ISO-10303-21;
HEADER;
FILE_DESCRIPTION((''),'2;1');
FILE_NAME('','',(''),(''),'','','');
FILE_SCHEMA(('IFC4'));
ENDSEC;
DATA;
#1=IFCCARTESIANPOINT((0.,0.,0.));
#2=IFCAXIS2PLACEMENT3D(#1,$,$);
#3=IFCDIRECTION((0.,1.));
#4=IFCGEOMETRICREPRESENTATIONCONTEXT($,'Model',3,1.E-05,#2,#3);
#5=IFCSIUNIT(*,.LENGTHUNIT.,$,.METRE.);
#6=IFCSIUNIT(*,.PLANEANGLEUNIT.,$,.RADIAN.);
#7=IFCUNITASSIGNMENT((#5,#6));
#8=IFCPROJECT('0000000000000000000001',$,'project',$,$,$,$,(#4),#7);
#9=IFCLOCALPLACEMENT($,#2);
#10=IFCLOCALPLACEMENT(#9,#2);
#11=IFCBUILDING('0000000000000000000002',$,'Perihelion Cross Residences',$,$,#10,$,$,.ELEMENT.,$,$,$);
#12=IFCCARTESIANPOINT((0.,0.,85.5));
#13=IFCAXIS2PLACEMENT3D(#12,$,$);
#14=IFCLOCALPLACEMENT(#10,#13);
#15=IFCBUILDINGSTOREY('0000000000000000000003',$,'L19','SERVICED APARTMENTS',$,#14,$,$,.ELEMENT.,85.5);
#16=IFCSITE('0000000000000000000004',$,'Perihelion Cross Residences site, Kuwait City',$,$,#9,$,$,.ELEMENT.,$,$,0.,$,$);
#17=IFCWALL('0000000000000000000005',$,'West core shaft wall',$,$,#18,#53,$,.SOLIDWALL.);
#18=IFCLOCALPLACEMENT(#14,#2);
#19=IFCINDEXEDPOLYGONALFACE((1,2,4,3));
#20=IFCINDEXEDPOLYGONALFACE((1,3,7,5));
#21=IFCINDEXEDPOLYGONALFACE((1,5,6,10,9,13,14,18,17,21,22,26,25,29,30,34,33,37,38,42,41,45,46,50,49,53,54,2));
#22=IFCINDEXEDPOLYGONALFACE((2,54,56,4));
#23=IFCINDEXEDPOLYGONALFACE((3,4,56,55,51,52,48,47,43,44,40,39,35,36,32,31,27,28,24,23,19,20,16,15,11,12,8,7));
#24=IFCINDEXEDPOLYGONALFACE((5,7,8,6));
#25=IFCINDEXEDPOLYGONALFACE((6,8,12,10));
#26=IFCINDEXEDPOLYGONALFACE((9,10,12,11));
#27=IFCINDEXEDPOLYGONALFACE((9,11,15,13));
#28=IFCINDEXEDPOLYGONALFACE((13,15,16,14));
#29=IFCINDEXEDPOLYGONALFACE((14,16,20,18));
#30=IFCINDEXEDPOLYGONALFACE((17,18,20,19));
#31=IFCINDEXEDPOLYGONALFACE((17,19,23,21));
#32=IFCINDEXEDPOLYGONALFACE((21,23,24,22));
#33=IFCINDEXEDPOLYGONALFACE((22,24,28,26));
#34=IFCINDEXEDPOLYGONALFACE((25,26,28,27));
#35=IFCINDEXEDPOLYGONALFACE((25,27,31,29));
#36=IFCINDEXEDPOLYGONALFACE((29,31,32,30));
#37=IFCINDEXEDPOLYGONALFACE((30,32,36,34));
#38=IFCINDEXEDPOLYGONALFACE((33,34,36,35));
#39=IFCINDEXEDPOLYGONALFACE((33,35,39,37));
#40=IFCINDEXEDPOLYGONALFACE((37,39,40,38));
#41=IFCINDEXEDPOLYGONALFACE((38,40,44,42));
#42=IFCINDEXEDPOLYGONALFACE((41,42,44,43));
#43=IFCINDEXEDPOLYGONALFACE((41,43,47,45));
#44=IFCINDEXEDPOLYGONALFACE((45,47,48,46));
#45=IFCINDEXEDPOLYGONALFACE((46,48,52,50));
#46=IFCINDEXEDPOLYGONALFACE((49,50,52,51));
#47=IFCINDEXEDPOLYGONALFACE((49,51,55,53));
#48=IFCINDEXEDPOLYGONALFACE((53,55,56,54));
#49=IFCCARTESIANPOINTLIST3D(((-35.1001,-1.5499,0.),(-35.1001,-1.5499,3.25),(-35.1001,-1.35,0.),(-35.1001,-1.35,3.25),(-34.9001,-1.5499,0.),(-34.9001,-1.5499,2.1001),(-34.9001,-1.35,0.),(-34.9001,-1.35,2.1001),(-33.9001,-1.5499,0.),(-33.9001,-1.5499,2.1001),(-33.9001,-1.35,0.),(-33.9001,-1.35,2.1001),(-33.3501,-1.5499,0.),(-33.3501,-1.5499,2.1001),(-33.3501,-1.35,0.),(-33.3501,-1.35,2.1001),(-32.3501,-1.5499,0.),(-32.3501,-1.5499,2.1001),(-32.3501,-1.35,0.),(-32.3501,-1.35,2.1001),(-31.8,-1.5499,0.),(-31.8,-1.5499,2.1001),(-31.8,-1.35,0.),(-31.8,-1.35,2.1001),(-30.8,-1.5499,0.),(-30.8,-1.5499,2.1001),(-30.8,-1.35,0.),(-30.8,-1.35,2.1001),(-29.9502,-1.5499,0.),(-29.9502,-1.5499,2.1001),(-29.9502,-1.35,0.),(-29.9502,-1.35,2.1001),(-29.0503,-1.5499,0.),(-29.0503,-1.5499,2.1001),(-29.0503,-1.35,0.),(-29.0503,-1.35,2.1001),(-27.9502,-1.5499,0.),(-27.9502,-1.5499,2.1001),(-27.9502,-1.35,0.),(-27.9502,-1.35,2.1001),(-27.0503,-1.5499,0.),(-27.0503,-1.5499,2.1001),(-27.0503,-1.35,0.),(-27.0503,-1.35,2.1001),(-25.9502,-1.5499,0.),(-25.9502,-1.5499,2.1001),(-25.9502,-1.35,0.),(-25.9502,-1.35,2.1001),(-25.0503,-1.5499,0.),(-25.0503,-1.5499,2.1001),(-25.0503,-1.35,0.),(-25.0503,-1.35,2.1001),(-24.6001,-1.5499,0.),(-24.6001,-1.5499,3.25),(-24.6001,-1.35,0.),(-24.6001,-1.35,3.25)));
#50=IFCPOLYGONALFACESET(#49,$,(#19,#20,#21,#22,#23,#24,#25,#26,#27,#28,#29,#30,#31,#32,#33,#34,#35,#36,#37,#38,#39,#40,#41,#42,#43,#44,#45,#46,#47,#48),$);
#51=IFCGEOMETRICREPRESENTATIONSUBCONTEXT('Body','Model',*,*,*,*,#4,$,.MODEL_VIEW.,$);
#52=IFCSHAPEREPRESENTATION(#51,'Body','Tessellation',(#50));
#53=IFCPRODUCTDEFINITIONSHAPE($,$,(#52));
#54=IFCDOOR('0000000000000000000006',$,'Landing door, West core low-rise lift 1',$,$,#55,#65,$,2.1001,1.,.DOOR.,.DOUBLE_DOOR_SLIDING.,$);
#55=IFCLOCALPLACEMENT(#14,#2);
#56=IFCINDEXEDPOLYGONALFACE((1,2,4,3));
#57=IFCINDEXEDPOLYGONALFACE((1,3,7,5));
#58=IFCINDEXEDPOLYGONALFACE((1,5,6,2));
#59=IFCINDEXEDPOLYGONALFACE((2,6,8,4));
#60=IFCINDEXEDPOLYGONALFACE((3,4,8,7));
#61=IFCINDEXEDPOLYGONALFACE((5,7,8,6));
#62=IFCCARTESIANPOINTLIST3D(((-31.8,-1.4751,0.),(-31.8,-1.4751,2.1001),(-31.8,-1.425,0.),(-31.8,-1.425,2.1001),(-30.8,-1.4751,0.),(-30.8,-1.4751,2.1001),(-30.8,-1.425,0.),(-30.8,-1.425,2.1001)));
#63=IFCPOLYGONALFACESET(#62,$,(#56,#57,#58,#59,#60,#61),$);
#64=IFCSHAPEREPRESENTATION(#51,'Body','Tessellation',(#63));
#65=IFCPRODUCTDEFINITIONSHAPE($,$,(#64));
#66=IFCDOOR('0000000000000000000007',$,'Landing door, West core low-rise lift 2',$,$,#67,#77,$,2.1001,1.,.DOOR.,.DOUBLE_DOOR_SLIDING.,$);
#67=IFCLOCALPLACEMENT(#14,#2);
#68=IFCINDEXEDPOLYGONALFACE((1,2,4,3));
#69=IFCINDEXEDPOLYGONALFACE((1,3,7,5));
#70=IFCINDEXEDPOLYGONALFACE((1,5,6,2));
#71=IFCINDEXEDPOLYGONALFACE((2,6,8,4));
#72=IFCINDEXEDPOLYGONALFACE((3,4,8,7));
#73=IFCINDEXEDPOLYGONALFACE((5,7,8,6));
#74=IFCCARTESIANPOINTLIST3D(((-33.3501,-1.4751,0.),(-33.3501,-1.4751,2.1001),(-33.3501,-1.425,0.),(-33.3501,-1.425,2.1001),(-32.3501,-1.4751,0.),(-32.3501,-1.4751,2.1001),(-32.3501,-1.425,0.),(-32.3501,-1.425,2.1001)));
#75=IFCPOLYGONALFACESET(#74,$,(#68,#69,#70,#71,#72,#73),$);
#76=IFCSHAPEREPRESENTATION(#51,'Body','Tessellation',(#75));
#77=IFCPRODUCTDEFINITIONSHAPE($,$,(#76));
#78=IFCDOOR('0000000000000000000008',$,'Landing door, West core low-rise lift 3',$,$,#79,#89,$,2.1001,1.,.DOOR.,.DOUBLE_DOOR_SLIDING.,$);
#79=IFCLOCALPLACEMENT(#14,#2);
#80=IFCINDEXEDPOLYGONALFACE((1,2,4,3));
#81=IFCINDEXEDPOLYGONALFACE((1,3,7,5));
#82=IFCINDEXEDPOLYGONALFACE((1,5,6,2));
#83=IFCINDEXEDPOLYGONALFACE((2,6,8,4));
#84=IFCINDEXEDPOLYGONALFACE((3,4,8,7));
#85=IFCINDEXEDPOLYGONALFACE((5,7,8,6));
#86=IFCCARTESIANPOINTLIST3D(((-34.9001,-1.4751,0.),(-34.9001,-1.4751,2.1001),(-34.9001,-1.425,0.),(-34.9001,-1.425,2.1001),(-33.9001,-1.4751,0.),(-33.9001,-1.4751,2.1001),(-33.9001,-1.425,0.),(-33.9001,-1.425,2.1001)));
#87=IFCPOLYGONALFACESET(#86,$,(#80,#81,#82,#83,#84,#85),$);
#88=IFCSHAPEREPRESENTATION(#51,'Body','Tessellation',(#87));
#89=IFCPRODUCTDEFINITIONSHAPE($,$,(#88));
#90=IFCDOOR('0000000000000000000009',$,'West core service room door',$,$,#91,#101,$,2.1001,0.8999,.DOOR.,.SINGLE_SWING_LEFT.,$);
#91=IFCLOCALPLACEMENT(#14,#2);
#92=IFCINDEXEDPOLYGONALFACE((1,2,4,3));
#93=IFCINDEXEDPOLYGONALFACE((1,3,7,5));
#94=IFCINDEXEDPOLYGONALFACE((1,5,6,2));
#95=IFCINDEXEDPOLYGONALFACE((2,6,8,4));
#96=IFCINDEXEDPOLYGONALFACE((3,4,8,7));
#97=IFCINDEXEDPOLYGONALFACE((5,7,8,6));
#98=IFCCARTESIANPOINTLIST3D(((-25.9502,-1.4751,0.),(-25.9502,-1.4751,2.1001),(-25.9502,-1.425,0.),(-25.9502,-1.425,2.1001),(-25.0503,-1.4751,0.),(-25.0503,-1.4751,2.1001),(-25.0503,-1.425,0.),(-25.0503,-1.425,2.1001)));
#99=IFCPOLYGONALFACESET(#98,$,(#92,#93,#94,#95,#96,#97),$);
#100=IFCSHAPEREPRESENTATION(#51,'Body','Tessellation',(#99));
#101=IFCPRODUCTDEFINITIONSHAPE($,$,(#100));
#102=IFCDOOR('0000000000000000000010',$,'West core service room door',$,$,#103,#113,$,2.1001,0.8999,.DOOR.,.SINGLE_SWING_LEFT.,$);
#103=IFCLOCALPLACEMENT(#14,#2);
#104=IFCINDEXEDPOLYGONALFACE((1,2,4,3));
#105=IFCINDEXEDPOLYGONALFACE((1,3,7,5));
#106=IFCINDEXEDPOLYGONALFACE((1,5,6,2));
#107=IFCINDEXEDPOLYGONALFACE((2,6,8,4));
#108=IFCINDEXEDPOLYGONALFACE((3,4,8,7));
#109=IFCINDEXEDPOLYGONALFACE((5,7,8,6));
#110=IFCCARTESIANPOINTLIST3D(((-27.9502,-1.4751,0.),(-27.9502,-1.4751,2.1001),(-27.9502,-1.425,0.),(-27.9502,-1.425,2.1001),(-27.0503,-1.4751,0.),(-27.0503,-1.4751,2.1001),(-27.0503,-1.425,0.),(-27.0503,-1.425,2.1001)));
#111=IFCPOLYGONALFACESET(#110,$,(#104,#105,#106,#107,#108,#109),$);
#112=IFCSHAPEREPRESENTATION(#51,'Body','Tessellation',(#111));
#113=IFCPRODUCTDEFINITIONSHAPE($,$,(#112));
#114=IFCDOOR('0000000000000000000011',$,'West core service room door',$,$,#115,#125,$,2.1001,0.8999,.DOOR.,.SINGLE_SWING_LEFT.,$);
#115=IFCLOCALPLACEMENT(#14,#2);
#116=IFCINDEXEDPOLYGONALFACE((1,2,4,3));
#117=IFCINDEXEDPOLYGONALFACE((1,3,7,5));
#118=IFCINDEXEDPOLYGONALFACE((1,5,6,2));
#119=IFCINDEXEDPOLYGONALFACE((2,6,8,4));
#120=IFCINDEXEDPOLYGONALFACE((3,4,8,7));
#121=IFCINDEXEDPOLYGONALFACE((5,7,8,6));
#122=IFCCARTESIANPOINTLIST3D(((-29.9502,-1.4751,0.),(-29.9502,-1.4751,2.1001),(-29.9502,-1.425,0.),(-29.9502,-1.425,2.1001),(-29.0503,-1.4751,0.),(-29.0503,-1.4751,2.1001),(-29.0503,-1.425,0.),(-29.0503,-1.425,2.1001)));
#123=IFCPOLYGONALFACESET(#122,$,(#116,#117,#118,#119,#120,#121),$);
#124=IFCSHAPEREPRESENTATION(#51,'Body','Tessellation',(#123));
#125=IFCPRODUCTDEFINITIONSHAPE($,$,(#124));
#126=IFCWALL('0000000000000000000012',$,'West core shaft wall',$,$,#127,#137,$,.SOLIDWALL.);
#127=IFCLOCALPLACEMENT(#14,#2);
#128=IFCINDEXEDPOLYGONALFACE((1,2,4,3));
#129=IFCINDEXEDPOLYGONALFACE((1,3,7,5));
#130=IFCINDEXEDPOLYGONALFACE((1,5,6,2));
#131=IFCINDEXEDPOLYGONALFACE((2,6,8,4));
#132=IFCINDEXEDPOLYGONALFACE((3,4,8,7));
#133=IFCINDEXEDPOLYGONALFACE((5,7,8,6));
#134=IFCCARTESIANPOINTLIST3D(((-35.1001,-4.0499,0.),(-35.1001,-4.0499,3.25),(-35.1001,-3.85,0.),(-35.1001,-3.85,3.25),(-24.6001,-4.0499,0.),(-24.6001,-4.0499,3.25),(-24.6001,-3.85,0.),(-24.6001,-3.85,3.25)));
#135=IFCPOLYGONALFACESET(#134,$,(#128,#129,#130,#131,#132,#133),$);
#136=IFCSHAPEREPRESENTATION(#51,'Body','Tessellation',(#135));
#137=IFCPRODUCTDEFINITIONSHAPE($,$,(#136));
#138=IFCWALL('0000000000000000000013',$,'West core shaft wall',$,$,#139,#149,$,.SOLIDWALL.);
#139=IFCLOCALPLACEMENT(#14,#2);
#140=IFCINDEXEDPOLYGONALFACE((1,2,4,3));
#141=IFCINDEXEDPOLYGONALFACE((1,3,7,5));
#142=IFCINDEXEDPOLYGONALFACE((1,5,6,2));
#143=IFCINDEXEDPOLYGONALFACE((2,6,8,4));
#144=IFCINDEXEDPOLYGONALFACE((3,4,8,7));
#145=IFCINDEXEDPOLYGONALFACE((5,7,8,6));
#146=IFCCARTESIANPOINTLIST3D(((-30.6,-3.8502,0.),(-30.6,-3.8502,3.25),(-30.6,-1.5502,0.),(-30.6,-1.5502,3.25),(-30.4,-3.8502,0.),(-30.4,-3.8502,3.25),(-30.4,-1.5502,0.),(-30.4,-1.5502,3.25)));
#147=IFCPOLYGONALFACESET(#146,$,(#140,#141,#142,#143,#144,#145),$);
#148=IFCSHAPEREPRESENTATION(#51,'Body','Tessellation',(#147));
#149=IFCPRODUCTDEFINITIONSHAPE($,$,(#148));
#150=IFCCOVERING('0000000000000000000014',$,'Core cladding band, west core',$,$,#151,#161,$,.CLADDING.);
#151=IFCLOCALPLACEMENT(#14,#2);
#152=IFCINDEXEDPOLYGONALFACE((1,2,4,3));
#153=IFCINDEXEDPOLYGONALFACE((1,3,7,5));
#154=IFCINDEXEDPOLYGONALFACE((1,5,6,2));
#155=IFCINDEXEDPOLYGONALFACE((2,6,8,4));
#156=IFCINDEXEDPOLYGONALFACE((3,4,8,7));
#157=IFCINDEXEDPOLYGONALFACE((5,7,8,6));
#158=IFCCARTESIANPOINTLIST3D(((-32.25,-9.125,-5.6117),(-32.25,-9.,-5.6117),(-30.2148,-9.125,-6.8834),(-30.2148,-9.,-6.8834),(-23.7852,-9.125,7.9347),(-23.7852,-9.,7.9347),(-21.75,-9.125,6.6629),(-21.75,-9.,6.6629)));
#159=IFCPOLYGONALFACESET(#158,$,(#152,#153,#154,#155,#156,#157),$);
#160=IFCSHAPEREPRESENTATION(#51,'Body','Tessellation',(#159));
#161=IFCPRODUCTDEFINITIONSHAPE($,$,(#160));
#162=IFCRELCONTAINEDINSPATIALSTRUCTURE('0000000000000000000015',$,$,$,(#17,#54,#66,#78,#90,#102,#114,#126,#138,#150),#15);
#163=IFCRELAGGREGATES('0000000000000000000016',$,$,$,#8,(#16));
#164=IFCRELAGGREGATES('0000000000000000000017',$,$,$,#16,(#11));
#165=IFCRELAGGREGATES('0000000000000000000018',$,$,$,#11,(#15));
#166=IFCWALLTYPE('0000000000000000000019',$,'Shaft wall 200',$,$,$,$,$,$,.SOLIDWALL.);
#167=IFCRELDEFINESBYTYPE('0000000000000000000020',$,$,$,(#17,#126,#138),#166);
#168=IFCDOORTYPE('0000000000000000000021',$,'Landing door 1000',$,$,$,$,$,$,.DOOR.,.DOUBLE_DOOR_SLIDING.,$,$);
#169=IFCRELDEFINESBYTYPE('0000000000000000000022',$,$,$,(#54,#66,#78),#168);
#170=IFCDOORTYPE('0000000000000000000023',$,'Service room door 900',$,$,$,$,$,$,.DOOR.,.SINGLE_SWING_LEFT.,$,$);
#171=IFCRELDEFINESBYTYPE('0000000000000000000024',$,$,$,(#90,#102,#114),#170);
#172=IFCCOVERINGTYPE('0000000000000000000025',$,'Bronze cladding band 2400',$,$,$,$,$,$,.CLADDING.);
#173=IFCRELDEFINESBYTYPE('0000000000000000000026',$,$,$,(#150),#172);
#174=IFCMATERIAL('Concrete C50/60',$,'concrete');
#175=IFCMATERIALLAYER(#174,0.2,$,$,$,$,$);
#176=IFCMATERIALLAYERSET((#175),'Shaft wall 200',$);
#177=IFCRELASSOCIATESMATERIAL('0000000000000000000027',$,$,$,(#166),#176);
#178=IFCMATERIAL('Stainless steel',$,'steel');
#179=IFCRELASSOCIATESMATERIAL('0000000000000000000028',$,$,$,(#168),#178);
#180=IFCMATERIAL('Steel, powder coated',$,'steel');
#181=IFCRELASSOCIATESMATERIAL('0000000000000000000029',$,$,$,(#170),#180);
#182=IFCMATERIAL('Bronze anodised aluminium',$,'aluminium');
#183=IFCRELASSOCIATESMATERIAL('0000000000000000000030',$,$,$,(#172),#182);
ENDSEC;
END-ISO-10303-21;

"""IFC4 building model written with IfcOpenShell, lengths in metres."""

from ifc_helpers import new_model, si_unit, direction, frame, frame_2d, origin, origin_2d, place, context, subcontext, project, spatial, rectangle, extrude, material, layer, layer_set, material_profile, profile_set, type_object, element, fill, save


model = new_model("IFC4")

# Units and contexts
model_context = context("Model", 3, precision=1e-05, world=origin(), true_north=direction((0.0, 1.0)))
body_context = subcontext(model_context, "Body", "Model", "MODEL_VIEW")
ifc_project = project(units=[si_unit("LENGTHUNIT", "METRE"), si_unit("PLANEANGLEUNIT", "RADIAN")], contexts=[model_context])

# Site, building, storey
site_placement = place(None, origin())
site = spatial("IfcSite", under=ifc_project, at=site_placement, Name="Perihelion Cross Residences site, Kuwait City", CompositionType="ELEMENT", RefElevation=0.0)
building_placement = place(site_placement, origin())
building = spatial("IfcBuilding", under=site, at=building_placement, Name="Perihelion Cross Residences", CompositionType="ELEMENT")
storey_placement = place(building_placement, frame((0.0, 0.0, 85.5)))
storey = spatial("IfcBuildingStorey", under=building, at=storey_placement, Name="L19", Description="SERVICED APARTMENTS", CompositionType="ELEMENT", Elevation=85.5)

# Wall, openings, doors
ifc_material_1 = material(Name="Concrete C50/60", Category="concrete")
ifc_layer_1 = layer(ifc_material_1, 0.2)
ifc_layer_set_1 = layer_set([ifc_layer_1], Name="Shaft wall 200")
wall_type_1 = type_object("IfcWallType", Name="Shaft wall 200", PredefinedType="SOLIDWALL", material=ifc_layer_set_1)
wall_1_placement = place(storey_placement, frame((-35.1001, -1.45, 0.0), z_axis=(0.0, 0.0, 1.0), x_axis=(1.0, 0.0, 0.0)))
wall_1 = element("IfcWall", 1, at=wall_1_placement, inside=storey, type_object=wall_type_1, Name="West core shaft wall", PredefinedType="SOLIDWALL", context=body_context, shape_type="SweptSolid", body=[
    extrude(rectangle(XDim=10.5, YDim=0.2, at=frame_2d((5.25, 0.0))), origin(), (0.0, 0.0, 1.0), 3.25),
])
opening_1_placement = place(wall_1_placement, frame((3.3, 0.0, 0.0)))
opening_1 = element("IfcOpeningElement", 2, at=opening_1_placement, cuts=wall_1, PredefinedType="OPENING", context=body_context, shape_type="SweptSolid", body=[
    extrude(rectangle(XDim=1.0, YDim=2.1001, at=frame_2d((0.5, 1.05))), frame((0.0, 0.1099, 0.0), z_axis=(0.0, -1.0, 0.0), x_axis=(1.0, 0.0, 0.0)), (0.0, 0.0, 1.0), 0.22),
])
opening_2_placement = place(wall_1_placement, frame((1.75, 0.0, 0.0)))
opening_2 = element("IfcOpeningElement", 3, at=opening_2_placement, cuts=wall_1, PredefinedType="OPENING", context=body_context, shape_type="SweptSolid", body=[
    extrude(rectangle(XDim=1.0, YDim=2.1001, at=frame_2d((0.5, 1.05))), frame((0.0, 0.1099, 0.0), z_axis=(0.0, -1.0, 0.0), x_axis=(1.0, 0.0, 0.0)), (0.0, 0.0, 1.0), 0.22),
])
opening_3_placement = place(wall_1_placement, frame((0.2, 0.0, 0.0)))
opening_3 = element("IfcOpeningElement", 4, at=opening_3_placement, cuts=wall_1, PredefinedType="OPENING", context=body_context, shape_type="SweptSolid", body=[
    extrude(rectangle(XDim=1.0, YDim=2.1001, at=frame_2d((0.5, 1.05))), frame((0.0, 0.1099, 0.0), z_axis=(0.0, -1.0, 0.0), x_axis=(1.0, 0.0, 0.0)), (0.0, 0.0, 1.0), 0.22),
])
opening_4_placement = place(wall_1_placement, frame((9.1499, 0.0, 0.0)))
opening_4 = element("IfcOpeningElement", 5, at=opening_4_placement, cuts=wall_1, PredefinedType="OPENING", context=body_context, shape_type="SweptSolid", body=[
    extrude(rectangle(XDim=0.8999, YDim=2.1001, at=frame_2d((0.45, 1.05))), frame((0.0, 0.1099, 0.0), z_axis=(0.0, -1.0, 0.0), x_axis=(1.0, 0.0, 0.0)), (0.0, 0.0, 1.0), 0.22),
])
opening_5_placement = place(wall_1_placement, frame((7.1499, 0.0, 0.0)))
opening_5 = element("IfcOpeningElement", 6, at=opening_5_placement, cuts=wall_1, PredefinedType="OPENING", context=body_context, shape_type="SweptSolid", body=[
    extrude(rectangle(XDim=0.8999, YDim=2.1001, at=frame_2d((0.45, 1.05))), frame((0.0, 0.1099, 0.0), z_axis=(0.0, -1.0, 0.0), x_axis=(1.0, 0.0, 0.0)), (0.0, 0.0, 1.0), 0.22),
])
opening_6_placement = place(wall_1_placement, frame((5.1499, 0.0, 0.0)))
opening_6 = element("IfcOpeningElement", 7, at=opening_6_placement, cuts=wall_1, PredefinedType="OPENING", context=body_context, shape_type="SweptSolid", body=[
    extrude(rectangle(XDim=0.8999, YDim=2.1001, at=frame_2d((0.45, 1.05))), frame((0.0, 0.1099, 0.0), z_axis=(0.0, -1.0, 0.0), x_axis=(1.0, 0.0, 0.0)), (0.0, 0.0, 1.0), 0.22),
])
ifc_material_2 = material(Name="Stainless steel", Category="steel")
door_type_1 = type_object("IfcDoorType", Name="Landing door 1000", OperationType="DOUBLE_DOOR_SLIDING", PredefinedType="DOOR", material=ifc_material_2)
door_1_placement = place(opening_1_placement, origin())
door_1 = element("IfcDoor", 8, at=door_1_placement, inside=storey, type_object=door_type_1, Name="Landing door, West core low-rise lift 1", OperationType="DOUBLE_DOOR_SLIDING", OverallHeight=2.1001, OverallWidth=1.0, PredefinedType="DOOR", context=body_context, shape_type="SweptSolid", body=[
    extrude(rectangle(XDim=1.0, YDim=2.1001, at=frame_2d((0.5, 1.05))), frame((0.0, 0.0249, 0.0), z_axis=(0.0, -1.0, 0.0), x_axis=(1.0, 0.0, 0.0)), (0.0, 0.0, 1.0), 0.05),
])
fill(opening_1, door_1)
door_2_placement = place(opening_2_placement, origin())
door_2 = element("IfcDoor", 9, at=door_2_placement, inside=storey, type_object=door_type_1, Name="Landing door, West core low-rise lift 2", OperationType="DOUBLE_DOOR_SLIDING", OverallHeight=2.1001, OverallWidth=1.0, PredefinedType="DOOR", context=body_context, shape_type="SweptSolid", body=[
    extrude(rectangle(XDim=1.0, YDim=2.1001, at=frame_2d((0.5, 1.05))), frame((0.0, 0.0249, 0.0), z_axis=(0.0, -1.0, 0.0), x_axis=(1.0, 0.0, 0.0)), (0.0, 0.0, 1.0), 0.05),
])
fill(opening_2, door_2)
door_3_placement = place(opening_3_placement, origin())
door_3 = element("IfcDoor", 10, at=door_3_placement, inside=storey, type_object=door_type_1, Name="Landing door, West core low-rise lift 3", OperationType="DOUBLE_DOOR_SLIDING", OverallHeight=2.1001, OverallWidth=1.0, PredefinedType="DOOR", context=body_context, shape_type="SweptSolid", body=[
    extrude(rectangle(XDim=1.0, YDim=2.1001, at=frame_2d((0.5, 1.05))), frame((0.0, 0.0249, 0.0), z_axis=(0.0, -1.0, 0.0), x_axis=(1.0, 0.0, 0.0)), (0.0, 0.0, 1.0), 0.05),
])
fill(opening_3, door_3)
ifc_material_3 = material(Name="Steel, powder coated", Category="steel")
door_type_2 = type_object("IfcDoorType", Name="Service room door 900", OperationType="SINGLE_SWING_LEFT", PredefinedType="DOOR", material=ifc_material_3)
door_4_placement = place(opening_4_placement, origin())
door_4 = element("IfcDoor", 11, at=door_4_placement, inside=storey, type_object=door_type_2, Name="West core service room door", OperationType="SINGLE_SWING_LEFT", OverallHeight=2.1001, OverallWidth=0.8999, PredefinedType="DOOR", context=body_context, shape_type="SweptSolid", body=[
    extrude(rectangle(XDim=0.8999, YDim=2.1001, at=frame_2d((0.45, 1.05))), frame((0.0, 0.0249, 0.0), z_axis=(0.0, -1.0, 0.0), x_axis=(1.0, 0.0, 0.0)), (0.0, 0.0, 1.0), 0.05),
])
fill(opening_4, door_4)
door_5_placement = place(opening_5_placement, origin())
door_5 = element("IfcDoor", 12, at=door_5_placement, inside=storey, type_object=door_type_2, Name="West core service room door", OperationType="SINGLE_SWING_LEFT", OverallHeight=2.1001, OverallWidth=0.8999, PredefinedType="DOOR", context=body_context, shape_type="SweptSolid", body=[
    extrude(rectangle(XDim=0.8999, YDim=2.1001, at=frame_2d((0.45, 1.05))), frame((0.0, 0.0249, 0.0), z_axis=(0.0, -1.0, 0.0), x_axis=(1.0, 0.0, 0.0)), (0.0, 0.0, 1.0), 0.05),
])
fill(opening_5, door_5)
door_6_placement = place(opening_6_placement, origin())
door_6 = element("IfcDoor", 13, at=door_6_placement, inside=storey, type_object=door_type_2, Name="West core service room door", OperationType="SINGLE_SWING_LEFT", OverallHeight=2.1001, OverallWidth=0.8999, PredefinedType="DOOR", context=body_context, shape_type="SweptSolid", body=[
    extrude(rectangle(XDim=0.8999, YDim=2.1001, at=frame_2d((0.45, 1.05))), frame((0.0, 0.0249, 0.0), z_axis=(0.0, -1.0, 0.0), x_axis=(1.0, 0.0, 0.0)), (0.0, 0.0, 1.0), 0.05),
])
fill(opening_6, door_6)

# Walls
wall_2_placement = place(storey_placement, frame((-35.1001, -3.95, 0.0), z_axis=(0.0, 0.0, 1.0), x_axis=(1.0, 0.0, 0.0)))
element("IfcWall", 14, at=wall_2_placement, inside=storey, type_object=wall_type_1, Name="West core shaft wall", PredefinedType="SOLIDWALL", context=body_context, shape_type="SweptSolid", body=[
    extrude(rectangle(XDim=10.5, YDim=0.2, at=frame_2d((5.25, 0.0))), origin(), (0.0, 0.0, 1.0), 3.25),
])
wall_3_placement = place(storey_placement, frame((-30.5, -3.8501, 0.0), z_axis=(0.0, 0.0, 1.0), x_axis=(0.0, 1.0, 0.0)))
element("IfcWall", 15, at=wall_3_placement, inside=storey, type_object=wall_type_1, Name="West core shaft wall", PredefinedType="SOLIDWALL", context=body_context, shape_type="SweptSolid", body=[
    extrude(rectangle(XDim=2.3, YDim=0.2, at=frame_2d((1.1499, 0.0))), origin(), (0.0, 0.0, 1.0), 3.25),
])

# Covering
ifc_material_4 = material(Name="Bronze anodised aluminium", Category="aluminium")
ifc_material_profile = material_profile(ifc_material_4, rectangle(XDim=0.125, YDim=2.3999, at=origin_2d()), Name="Bronze cladding band 2400")
ifc_profile_set = profile_set([ifc_material_profile], Name="Bronze anodised aluminium")
covering_type = type_object("IfcCoveringType", Name="Bronze cladding band 2400", PredefinedType="CLADDING", material=ifc_profile_set)
for number, where, z_axis, x_axis, name in (
    (16, (-31.2324, -9.0625, -6.2476), (0.529925, 0.0, 0.848045), (0.0, 1.0, 0.0), "Core cladding band, west core"),
):
    element("IfcCovering", number, at=place(storey_placement, frame(where, z_axis=z_axis, x_axis=x_axis)), inside=storey, type_object=covering_type, Name=name, PredefinedType="CLADDING", context=body_context, shape_type="SweptSolid", body=[
        extrude(rectangle(XDim=0.125, YDim=2.3999, at=origin_2d()), origin(), (0.0, 0.0, 1.0), 15.9736),
    ])

save(model, "model.ifc")
